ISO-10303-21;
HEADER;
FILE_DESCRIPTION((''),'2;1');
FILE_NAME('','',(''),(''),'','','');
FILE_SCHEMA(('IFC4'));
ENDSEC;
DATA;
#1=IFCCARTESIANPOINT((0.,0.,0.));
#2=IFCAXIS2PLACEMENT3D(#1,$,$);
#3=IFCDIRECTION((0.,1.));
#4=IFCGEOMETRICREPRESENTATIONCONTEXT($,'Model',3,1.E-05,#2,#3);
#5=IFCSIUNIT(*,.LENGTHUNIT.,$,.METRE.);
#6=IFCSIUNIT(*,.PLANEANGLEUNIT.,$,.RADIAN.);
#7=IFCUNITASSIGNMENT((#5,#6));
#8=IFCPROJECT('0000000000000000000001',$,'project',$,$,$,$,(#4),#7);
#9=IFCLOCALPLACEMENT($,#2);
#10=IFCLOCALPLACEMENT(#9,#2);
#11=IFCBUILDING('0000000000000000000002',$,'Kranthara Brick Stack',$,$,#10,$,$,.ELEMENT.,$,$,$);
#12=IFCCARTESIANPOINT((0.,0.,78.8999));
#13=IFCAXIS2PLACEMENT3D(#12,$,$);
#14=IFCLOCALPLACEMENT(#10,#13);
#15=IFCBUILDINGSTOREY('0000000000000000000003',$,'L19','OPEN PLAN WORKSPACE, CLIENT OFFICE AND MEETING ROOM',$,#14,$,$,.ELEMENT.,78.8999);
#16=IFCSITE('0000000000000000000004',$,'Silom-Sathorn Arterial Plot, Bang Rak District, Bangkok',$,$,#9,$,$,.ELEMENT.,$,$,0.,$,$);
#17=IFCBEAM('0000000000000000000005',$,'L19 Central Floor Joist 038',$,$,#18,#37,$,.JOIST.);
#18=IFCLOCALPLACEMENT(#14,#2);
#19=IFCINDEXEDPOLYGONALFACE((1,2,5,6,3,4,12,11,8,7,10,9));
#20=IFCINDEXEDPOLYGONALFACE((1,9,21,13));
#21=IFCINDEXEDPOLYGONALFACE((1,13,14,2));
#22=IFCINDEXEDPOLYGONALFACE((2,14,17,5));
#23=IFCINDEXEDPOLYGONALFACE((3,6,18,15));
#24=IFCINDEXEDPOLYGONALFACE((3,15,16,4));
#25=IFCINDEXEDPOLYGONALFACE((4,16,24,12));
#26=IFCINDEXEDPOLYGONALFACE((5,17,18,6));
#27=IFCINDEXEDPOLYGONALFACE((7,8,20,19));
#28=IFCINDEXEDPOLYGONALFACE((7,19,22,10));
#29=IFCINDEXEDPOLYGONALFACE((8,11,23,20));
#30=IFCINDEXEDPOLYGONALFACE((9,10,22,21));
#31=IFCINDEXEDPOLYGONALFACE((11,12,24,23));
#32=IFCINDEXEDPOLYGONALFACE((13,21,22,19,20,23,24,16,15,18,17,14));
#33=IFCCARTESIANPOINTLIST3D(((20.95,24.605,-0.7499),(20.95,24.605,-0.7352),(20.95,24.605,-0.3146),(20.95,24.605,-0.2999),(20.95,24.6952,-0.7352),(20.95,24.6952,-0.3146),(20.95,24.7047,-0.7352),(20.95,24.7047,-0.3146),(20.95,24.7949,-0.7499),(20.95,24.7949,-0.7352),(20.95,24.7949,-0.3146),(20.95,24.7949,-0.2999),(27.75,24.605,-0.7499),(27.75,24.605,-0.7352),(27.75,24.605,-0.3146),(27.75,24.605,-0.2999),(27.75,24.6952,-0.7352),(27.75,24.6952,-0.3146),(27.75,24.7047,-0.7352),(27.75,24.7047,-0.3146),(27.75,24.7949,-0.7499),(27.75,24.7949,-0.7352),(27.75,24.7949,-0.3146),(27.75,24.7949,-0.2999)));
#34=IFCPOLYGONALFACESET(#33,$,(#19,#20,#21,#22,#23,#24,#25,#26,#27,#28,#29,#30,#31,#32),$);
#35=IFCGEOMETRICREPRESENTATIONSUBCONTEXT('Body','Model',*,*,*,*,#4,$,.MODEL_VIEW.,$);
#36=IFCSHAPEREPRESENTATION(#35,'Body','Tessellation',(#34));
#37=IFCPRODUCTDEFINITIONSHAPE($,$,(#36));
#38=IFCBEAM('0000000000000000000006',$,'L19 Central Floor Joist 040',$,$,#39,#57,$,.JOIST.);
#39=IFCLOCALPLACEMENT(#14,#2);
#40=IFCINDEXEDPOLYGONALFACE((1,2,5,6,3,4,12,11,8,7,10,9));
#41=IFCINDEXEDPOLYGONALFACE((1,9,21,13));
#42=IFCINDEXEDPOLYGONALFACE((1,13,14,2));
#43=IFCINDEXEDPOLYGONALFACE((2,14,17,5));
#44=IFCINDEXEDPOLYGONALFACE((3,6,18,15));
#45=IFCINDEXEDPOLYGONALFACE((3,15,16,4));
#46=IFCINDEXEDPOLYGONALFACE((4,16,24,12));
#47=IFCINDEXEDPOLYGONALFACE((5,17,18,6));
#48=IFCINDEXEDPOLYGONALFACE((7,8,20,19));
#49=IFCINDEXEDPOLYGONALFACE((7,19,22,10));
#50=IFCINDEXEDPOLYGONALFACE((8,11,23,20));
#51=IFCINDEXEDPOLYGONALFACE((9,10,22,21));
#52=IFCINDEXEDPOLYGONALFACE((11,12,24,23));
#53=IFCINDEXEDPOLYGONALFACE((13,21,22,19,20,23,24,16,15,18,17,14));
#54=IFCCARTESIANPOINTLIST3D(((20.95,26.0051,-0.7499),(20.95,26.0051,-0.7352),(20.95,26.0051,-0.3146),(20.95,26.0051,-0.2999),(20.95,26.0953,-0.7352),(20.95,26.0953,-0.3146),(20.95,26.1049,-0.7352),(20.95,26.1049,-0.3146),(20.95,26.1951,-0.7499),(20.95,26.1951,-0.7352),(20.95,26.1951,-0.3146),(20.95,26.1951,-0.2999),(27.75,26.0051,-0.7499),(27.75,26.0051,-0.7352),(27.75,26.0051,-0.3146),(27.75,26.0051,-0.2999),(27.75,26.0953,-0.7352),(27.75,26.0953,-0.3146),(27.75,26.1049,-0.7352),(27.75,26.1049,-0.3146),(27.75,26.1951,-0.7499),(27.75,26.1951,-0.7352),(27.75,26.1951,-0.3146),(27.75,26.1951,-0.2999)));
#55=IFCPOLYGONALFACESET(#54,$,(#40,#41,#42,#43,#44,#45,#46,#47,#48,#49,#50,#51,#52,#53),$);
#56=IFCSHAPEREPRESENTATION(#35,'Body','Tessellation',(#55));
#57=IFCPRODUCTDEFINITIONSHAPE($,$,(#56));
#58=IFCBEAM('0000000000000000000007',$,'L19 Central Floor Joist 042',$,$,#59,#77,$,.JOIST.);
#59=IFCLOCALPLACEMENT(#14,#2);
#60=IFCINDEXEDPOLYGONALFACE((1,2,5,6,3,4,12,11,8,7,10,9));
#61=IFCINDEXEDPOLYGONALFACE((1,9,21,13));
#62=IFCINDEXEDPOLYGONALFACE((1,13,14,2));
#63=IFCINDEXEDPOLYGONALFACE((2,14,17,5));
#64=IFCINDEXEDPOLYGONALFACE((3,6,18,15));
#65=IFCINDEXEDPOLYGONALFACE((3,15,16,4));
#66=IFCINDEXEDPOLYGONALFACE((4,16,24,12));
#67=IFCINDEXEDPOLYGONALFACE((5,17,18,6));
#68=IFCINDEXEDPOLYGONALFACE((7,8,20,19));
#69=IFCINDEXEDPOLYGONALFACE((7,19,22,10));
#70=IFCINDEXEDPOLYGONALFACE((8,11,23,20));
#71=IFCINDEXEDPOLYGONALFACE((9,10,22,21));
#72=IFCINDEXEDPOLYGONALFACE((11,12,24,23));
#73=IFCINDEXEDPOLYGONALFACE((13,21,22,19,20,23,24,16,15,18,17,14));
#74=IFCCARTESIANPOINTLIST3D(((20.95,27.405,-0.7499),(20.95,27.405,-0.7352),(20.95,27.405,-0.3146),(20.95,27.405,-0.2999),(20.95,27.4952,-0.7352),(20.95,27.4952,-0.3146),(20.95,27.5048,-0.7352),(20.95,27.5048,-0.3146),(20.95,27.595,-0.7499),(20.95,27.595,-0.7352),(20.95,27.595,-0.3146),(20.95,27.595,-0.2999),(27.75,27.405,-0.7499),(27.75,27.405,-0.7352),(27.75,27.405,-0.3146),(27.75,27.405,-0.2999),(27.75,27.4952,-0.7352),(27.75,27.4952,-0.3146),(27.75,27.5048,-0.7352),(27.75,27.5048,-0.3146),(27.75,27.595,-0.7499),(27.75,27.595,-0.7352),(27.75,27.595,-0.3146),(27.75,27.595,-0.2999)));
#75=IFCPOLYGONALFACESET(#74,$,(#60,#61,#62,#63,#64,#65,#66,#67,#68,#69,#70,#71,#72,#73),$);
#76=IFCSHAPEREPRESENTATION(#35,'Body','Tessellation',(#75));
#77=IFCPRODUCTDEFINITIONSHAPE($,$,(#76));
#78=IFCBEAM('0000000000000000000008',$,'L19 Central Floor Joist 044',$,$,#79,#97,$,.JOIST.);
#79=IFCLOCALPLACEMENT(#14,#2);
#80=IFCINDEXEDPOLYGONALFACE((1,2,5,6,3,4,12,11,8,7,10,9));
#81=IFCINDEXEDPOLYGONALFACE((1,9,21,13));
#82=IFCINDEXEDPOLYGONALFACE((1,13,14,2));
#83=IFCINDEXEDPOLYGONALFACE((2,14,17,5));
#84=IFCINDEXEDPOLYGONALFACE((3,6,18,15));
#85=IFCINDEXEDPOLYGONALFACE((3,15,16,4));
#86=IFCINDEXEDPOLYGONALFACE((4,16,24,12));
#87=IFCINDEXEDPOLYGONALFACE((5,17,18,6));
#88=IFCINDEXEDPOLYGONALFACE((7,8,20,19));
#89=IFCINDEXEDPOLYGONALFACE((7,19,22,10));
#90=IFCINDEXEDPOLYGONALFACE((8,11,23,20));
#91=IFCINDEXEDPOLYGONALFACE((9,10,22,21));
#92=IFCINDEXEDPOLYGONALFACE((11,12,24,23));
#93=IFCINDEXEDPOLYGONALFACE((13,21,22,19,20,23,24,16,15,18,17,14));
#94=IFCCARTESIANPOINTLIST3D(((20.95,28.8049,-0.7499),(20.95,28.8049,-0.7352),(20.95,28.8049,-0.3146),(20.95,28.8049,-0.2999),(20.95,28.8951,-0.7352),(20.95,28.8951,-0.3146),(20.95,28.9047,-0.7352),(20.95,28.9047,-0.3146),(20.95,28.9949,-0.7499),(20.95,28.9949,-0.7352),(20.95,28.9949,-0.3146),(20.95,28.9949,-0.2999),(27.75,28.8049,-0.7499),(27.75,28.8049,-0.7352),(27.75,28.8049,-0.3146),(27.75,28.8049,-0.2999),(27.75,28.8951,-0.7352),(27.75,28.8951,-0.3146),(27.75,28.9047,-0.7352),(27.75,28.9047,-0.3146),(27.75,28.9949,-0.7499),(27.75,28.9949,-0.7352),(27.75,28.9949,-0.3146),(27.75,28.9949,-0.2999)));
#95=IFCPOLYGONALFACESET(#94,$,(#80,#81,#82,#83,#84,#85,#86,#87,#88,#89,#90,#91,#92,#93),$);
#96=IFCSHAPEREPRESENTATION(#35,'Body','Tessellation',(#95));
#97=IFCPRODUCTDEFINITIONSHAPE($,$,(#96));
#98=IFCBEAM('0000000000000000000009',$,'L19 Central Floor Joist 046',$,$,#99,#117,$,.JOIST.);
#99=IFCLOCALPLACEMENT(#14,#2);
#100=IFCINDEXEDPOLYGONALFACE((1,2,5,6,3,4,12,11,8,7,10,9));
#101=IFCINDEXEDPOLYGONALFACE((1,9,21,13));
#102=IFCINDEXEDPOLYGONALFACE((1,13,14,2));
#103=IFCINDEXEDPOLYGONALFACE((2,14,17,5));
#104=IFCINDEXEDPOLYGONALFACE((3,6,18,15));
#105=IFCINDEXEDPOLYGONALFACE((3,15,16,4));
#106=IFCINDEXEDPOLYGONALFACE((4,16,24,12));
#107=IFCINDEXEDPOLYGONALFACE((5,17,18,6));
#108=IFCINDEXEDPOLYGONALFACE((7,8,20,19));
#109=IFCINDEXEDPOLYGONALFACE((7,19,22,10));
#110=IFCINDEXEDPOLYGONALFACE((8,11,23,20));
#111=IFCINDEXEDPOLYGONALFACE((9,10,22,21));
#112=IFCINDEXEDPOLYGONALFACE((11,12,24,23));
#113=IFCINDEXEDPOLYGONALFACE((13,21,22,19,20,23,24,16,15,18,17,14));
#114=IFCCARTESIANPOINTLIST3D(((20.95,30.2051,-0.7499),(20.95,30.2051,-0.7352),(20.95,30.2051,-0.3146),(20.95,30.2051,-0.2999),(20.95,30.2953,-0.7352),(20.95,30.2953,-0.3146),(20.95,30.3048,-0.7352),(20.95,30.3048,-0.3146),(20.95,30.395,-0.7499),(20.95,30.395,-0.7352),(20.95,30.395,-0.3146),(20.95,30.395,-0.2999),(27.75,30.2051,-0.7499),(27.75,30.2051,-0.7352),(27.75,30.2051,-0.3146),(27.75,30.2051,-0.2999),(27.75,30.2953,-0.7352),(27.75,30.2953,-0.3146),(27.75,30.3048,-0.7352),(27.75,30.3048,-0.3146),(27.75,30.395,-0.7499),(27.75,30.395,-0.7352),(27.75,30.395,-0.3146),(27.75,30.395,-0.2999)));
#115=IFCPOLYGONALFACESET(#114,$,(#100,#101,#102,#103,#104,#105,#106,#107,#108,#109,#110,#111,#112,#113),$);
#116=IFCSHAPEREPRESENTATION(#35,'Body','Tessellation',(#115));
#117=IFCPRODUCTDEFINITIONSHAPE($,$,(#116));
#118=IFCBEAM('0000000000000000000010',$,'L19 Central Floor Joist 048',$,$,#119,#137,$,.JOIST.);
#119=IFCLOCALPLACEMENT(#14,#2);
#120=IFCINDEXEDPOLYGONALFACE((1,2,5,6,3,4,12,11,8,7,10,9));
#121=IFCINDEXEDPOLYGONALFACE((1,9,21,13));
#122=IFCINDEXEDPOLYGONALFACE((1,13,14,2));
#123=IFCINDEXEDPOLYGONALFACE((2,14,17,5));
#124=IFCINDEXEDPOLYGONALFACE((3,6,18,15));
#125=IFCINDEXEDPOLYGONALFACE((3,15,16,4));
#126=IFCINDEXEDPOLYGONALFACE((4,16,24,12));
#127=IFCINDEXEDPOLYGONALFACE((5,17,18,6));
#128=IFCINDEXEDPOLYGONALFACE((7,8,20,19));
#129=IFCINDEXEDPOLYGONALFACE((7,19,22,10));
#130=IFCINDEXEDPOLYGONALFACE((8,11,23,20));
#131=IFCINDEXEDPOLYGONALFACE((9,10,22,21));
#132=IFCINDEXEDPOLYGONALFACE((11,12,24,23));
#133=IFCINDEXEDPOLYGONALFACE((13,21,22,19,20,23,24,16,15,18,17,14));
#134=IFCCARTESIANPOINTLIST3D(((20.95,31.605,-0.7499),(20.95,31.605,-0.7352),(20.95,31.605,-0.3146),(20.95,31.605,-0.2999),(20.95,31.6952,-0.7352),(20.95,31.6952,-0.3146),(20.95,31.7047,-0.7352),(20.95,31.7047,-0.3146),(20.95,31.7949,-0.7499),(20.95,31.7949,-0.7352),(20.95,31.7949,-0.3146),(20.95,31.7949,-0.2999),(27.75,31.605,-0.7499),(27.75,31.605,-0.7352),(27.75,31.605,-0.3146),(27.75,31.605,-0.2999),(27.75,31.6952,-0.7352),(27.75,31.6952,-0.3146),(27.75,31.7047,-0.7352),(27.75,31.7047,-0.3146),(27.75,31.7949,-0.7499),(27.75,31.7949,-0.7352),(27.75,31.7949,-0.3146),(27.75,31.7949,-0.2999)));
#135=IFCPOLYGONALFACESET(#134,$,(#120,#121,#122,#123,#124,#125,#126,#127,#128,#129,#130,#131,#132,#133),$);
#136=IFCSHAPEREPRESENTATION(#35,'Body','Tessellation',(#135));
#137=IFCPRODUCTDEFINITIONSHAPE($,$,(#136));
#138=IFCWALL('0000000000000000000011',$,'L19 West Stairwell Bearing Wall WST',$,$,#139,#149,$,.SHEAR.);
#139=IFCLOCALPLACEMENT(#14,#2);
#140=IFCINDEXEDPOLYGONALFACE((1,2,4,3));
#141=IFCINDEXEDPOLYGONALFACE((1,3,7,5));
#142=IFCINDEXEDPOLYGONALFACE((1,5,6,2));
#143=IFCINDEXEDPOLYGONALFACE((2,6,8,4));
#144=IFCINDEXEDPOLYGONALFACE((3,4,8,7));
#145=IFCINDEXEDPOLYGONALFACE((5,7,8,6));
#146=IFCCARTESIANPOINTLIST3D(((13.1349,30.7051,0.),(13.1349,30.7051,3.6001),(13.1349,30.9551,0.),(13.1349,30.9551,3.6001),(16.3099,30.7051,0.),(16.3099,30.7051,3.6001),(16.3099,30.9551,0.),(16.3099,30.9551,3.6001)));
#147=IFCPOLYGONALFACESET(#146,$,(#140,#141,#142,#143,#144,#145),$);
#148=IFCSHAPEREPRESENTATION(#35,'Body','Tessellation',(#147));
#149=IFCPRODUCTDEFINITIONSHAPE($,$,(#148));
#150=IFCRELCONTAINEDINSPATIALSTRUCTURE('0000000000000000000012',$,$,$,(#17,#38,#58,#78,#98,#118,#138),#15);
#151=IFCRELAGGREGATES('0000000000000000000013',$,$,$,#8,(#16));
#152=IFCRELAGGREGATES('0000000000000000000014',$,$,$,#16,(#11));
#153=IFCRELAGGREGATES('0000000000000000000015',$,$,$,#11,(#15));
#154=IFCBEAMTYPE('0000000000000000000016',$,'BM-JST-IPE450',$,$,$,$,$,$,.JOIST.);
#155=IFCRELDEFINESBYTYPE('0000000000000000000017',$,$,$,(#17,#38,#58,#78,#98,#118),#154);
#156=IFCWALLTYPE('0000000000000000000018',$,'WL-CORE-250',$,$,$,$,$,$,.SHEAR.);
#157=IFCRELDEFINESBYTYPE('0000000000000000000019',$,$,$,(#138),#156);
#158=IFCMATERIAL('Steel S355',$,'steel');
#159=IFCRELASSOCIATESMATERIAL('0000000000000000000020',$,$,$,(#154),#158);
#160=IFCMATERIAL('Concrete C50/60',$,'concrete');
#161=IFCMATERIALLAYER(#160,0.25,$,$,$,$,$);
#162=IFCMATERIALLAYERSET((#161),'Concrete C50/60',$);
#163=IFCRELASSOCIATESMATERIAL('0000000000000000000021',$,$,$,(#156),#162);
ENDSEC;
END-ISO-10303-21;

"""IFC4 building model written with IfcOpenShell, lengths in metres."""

from ifc_helpers import new_model, si_unit, direction, frame, frame_2d, origin, origin_2d, place, context, subcontext, project, spatial, rectangle, i_section, extrude, material, layer, layer_set, material_profile, profile_set, type_object, element, save


model = new_model("IFC4")

# Units and contexts
model_context = context("Model", 3, precision=1e-05, world=origin(), true_north=direction((0.0, 1.0)))
body_context = subcontext(model_context, "Body", "Model", "MODEL_VIEW")
ifc_project = project(units=[si_unit("LENGTHUNIT", "METRE"), si_unit("PLANEANGLEUNIT", "RADIAN")], contexts=[model_context])

# Site, building, storey
site_placement = place(None, origin())
site = spatial("IfcSite", under=ifc_project, at=site_placement, Name="Silom-Sathorn Arterial Plot, Bang Rak District, Bangkok", CompositionType="ELEMENT", RefElevation=0.0)
building_placement = place(site_placement, origin())
building = spatial("IfcBuilding", under=site, at=building_placement, Name="Kranthara Brick Stack", CompositionType="ELEMENT")
storey_placement = place(building_placement, frame((0.0, 0.0, 78.8999)))
storey = spatial("IfcBuildingStorey", under=building, at=storey_placement, Name="L19", Description="OPEN PLAN WORKSPACE, CLIENT OFFICE AND MEETING ROOM", CompositionType="ELEMENT", Elevation=78.8999)

# Beams
ifc_material_1 = material(Name="Steel S355", Category="steel")
ifc_material_profile = material_profile(ifc_material_1, i_section(OverallWidth=0.1899, OverallDepth=0.45, WebThickness=0.0095, FlangeThickness=0.0146, at=origin_2d()), Name="IPE 450")
ifc_profile_set = profile_set([ifc_material_profile], Name="Steel S355")
beam_type = type_object("IfcBeamType", Name="BM-JST-IPE450", PredefinedType="JOIST", material=ifc_profile_set)
for number, where, z_axis, x_axis, name in (
    (1, (20.95, 24.7, -0.5249), (1.0, 0.0, 0.0), (0.0, 1.0, 0.0), "L19 Central Floor Joist 038"),
    (2, (20.95, 26.1001, -0.5249), (1.0, 0.0, 0.0), (0.0, 1.0, 0.0), "L19 Central Floor Joist 040"),
    (3, (20.95, 27.5, -0.5249), (1.0, 0.0, 0.0), (0.0, 1.0, 0.0), "L19 Central Floor Joist 042"),
    (4, (20.95, 28.8999, -0.5249), (1.0, 0.0, 0.0), (0.0, 1.0, 0.0), "L19 Central Floor Joist 044"),
    (5, (20.95, 30.3, -0.5249), (1.0, 0.0, 0.0), (0.0, 1.0, 0.0), "L19 Central Floor Joist 046"),
    (6, (20.95, 31.7, -0.5249), (1.0, 0.0, 0.0), (0.0, 1.0, 0.0), "L19 Central Floor Joist 048"),
):
    element("IfcBeam", number, at=place(storey_placement, frame(where, z_axis=z_axis, x_axis=x_axis)), inside=storey, type_object=beam_type, Name=name, PredefinedType="JOIST", context=body_context, shape_type="SweptSolid", body=[
        extrude(i_section(OverallWidth=0.1899, OverallDepth=0.45, WebThickness=0.0095, FlangeThickness=0.0146, at=origin_2d()), origin(), (0.0, 0.0, 1.0), 6.8),
    ])

# Wall
ifc_material_2 = material(Name="Concrete C50/60", Category="concrete")
ifc_layer_1 = layer(ifc_material_2, 0.25)
ifc_layer_set_1 = layer_set([ifc_layer_1], Name="Concrete C50/60")
wall_type_1 = type_object("IfcWallType", Name="WL-CORE-250", PredefinedType="SHEAR", material=ifc_layer_set_1)
wall_1_placement = place(storey_placement, frame((13.135, 30.8301, 0.0), z_axis=(0.0, 0.0, 1.0), x_axis=(1.0, 0.0, 0.0)))
element("IfcWall", 7, at=wall_1_placement, inside=storey, type_object=wall_type_1, Name="L19 West Stairwell Bearing Wall WST", PredefinedType="SHEAR", context=body_context, shape_type="SweptSolid", body=[
    extrude(rectangle(XDim=3.175, YDim=0.25, at=frame_2d((1.5874, 0.0))), origin(), (0.0, 0.0, 1.0), 3.6001),
])

save(model, "model.ifc")
